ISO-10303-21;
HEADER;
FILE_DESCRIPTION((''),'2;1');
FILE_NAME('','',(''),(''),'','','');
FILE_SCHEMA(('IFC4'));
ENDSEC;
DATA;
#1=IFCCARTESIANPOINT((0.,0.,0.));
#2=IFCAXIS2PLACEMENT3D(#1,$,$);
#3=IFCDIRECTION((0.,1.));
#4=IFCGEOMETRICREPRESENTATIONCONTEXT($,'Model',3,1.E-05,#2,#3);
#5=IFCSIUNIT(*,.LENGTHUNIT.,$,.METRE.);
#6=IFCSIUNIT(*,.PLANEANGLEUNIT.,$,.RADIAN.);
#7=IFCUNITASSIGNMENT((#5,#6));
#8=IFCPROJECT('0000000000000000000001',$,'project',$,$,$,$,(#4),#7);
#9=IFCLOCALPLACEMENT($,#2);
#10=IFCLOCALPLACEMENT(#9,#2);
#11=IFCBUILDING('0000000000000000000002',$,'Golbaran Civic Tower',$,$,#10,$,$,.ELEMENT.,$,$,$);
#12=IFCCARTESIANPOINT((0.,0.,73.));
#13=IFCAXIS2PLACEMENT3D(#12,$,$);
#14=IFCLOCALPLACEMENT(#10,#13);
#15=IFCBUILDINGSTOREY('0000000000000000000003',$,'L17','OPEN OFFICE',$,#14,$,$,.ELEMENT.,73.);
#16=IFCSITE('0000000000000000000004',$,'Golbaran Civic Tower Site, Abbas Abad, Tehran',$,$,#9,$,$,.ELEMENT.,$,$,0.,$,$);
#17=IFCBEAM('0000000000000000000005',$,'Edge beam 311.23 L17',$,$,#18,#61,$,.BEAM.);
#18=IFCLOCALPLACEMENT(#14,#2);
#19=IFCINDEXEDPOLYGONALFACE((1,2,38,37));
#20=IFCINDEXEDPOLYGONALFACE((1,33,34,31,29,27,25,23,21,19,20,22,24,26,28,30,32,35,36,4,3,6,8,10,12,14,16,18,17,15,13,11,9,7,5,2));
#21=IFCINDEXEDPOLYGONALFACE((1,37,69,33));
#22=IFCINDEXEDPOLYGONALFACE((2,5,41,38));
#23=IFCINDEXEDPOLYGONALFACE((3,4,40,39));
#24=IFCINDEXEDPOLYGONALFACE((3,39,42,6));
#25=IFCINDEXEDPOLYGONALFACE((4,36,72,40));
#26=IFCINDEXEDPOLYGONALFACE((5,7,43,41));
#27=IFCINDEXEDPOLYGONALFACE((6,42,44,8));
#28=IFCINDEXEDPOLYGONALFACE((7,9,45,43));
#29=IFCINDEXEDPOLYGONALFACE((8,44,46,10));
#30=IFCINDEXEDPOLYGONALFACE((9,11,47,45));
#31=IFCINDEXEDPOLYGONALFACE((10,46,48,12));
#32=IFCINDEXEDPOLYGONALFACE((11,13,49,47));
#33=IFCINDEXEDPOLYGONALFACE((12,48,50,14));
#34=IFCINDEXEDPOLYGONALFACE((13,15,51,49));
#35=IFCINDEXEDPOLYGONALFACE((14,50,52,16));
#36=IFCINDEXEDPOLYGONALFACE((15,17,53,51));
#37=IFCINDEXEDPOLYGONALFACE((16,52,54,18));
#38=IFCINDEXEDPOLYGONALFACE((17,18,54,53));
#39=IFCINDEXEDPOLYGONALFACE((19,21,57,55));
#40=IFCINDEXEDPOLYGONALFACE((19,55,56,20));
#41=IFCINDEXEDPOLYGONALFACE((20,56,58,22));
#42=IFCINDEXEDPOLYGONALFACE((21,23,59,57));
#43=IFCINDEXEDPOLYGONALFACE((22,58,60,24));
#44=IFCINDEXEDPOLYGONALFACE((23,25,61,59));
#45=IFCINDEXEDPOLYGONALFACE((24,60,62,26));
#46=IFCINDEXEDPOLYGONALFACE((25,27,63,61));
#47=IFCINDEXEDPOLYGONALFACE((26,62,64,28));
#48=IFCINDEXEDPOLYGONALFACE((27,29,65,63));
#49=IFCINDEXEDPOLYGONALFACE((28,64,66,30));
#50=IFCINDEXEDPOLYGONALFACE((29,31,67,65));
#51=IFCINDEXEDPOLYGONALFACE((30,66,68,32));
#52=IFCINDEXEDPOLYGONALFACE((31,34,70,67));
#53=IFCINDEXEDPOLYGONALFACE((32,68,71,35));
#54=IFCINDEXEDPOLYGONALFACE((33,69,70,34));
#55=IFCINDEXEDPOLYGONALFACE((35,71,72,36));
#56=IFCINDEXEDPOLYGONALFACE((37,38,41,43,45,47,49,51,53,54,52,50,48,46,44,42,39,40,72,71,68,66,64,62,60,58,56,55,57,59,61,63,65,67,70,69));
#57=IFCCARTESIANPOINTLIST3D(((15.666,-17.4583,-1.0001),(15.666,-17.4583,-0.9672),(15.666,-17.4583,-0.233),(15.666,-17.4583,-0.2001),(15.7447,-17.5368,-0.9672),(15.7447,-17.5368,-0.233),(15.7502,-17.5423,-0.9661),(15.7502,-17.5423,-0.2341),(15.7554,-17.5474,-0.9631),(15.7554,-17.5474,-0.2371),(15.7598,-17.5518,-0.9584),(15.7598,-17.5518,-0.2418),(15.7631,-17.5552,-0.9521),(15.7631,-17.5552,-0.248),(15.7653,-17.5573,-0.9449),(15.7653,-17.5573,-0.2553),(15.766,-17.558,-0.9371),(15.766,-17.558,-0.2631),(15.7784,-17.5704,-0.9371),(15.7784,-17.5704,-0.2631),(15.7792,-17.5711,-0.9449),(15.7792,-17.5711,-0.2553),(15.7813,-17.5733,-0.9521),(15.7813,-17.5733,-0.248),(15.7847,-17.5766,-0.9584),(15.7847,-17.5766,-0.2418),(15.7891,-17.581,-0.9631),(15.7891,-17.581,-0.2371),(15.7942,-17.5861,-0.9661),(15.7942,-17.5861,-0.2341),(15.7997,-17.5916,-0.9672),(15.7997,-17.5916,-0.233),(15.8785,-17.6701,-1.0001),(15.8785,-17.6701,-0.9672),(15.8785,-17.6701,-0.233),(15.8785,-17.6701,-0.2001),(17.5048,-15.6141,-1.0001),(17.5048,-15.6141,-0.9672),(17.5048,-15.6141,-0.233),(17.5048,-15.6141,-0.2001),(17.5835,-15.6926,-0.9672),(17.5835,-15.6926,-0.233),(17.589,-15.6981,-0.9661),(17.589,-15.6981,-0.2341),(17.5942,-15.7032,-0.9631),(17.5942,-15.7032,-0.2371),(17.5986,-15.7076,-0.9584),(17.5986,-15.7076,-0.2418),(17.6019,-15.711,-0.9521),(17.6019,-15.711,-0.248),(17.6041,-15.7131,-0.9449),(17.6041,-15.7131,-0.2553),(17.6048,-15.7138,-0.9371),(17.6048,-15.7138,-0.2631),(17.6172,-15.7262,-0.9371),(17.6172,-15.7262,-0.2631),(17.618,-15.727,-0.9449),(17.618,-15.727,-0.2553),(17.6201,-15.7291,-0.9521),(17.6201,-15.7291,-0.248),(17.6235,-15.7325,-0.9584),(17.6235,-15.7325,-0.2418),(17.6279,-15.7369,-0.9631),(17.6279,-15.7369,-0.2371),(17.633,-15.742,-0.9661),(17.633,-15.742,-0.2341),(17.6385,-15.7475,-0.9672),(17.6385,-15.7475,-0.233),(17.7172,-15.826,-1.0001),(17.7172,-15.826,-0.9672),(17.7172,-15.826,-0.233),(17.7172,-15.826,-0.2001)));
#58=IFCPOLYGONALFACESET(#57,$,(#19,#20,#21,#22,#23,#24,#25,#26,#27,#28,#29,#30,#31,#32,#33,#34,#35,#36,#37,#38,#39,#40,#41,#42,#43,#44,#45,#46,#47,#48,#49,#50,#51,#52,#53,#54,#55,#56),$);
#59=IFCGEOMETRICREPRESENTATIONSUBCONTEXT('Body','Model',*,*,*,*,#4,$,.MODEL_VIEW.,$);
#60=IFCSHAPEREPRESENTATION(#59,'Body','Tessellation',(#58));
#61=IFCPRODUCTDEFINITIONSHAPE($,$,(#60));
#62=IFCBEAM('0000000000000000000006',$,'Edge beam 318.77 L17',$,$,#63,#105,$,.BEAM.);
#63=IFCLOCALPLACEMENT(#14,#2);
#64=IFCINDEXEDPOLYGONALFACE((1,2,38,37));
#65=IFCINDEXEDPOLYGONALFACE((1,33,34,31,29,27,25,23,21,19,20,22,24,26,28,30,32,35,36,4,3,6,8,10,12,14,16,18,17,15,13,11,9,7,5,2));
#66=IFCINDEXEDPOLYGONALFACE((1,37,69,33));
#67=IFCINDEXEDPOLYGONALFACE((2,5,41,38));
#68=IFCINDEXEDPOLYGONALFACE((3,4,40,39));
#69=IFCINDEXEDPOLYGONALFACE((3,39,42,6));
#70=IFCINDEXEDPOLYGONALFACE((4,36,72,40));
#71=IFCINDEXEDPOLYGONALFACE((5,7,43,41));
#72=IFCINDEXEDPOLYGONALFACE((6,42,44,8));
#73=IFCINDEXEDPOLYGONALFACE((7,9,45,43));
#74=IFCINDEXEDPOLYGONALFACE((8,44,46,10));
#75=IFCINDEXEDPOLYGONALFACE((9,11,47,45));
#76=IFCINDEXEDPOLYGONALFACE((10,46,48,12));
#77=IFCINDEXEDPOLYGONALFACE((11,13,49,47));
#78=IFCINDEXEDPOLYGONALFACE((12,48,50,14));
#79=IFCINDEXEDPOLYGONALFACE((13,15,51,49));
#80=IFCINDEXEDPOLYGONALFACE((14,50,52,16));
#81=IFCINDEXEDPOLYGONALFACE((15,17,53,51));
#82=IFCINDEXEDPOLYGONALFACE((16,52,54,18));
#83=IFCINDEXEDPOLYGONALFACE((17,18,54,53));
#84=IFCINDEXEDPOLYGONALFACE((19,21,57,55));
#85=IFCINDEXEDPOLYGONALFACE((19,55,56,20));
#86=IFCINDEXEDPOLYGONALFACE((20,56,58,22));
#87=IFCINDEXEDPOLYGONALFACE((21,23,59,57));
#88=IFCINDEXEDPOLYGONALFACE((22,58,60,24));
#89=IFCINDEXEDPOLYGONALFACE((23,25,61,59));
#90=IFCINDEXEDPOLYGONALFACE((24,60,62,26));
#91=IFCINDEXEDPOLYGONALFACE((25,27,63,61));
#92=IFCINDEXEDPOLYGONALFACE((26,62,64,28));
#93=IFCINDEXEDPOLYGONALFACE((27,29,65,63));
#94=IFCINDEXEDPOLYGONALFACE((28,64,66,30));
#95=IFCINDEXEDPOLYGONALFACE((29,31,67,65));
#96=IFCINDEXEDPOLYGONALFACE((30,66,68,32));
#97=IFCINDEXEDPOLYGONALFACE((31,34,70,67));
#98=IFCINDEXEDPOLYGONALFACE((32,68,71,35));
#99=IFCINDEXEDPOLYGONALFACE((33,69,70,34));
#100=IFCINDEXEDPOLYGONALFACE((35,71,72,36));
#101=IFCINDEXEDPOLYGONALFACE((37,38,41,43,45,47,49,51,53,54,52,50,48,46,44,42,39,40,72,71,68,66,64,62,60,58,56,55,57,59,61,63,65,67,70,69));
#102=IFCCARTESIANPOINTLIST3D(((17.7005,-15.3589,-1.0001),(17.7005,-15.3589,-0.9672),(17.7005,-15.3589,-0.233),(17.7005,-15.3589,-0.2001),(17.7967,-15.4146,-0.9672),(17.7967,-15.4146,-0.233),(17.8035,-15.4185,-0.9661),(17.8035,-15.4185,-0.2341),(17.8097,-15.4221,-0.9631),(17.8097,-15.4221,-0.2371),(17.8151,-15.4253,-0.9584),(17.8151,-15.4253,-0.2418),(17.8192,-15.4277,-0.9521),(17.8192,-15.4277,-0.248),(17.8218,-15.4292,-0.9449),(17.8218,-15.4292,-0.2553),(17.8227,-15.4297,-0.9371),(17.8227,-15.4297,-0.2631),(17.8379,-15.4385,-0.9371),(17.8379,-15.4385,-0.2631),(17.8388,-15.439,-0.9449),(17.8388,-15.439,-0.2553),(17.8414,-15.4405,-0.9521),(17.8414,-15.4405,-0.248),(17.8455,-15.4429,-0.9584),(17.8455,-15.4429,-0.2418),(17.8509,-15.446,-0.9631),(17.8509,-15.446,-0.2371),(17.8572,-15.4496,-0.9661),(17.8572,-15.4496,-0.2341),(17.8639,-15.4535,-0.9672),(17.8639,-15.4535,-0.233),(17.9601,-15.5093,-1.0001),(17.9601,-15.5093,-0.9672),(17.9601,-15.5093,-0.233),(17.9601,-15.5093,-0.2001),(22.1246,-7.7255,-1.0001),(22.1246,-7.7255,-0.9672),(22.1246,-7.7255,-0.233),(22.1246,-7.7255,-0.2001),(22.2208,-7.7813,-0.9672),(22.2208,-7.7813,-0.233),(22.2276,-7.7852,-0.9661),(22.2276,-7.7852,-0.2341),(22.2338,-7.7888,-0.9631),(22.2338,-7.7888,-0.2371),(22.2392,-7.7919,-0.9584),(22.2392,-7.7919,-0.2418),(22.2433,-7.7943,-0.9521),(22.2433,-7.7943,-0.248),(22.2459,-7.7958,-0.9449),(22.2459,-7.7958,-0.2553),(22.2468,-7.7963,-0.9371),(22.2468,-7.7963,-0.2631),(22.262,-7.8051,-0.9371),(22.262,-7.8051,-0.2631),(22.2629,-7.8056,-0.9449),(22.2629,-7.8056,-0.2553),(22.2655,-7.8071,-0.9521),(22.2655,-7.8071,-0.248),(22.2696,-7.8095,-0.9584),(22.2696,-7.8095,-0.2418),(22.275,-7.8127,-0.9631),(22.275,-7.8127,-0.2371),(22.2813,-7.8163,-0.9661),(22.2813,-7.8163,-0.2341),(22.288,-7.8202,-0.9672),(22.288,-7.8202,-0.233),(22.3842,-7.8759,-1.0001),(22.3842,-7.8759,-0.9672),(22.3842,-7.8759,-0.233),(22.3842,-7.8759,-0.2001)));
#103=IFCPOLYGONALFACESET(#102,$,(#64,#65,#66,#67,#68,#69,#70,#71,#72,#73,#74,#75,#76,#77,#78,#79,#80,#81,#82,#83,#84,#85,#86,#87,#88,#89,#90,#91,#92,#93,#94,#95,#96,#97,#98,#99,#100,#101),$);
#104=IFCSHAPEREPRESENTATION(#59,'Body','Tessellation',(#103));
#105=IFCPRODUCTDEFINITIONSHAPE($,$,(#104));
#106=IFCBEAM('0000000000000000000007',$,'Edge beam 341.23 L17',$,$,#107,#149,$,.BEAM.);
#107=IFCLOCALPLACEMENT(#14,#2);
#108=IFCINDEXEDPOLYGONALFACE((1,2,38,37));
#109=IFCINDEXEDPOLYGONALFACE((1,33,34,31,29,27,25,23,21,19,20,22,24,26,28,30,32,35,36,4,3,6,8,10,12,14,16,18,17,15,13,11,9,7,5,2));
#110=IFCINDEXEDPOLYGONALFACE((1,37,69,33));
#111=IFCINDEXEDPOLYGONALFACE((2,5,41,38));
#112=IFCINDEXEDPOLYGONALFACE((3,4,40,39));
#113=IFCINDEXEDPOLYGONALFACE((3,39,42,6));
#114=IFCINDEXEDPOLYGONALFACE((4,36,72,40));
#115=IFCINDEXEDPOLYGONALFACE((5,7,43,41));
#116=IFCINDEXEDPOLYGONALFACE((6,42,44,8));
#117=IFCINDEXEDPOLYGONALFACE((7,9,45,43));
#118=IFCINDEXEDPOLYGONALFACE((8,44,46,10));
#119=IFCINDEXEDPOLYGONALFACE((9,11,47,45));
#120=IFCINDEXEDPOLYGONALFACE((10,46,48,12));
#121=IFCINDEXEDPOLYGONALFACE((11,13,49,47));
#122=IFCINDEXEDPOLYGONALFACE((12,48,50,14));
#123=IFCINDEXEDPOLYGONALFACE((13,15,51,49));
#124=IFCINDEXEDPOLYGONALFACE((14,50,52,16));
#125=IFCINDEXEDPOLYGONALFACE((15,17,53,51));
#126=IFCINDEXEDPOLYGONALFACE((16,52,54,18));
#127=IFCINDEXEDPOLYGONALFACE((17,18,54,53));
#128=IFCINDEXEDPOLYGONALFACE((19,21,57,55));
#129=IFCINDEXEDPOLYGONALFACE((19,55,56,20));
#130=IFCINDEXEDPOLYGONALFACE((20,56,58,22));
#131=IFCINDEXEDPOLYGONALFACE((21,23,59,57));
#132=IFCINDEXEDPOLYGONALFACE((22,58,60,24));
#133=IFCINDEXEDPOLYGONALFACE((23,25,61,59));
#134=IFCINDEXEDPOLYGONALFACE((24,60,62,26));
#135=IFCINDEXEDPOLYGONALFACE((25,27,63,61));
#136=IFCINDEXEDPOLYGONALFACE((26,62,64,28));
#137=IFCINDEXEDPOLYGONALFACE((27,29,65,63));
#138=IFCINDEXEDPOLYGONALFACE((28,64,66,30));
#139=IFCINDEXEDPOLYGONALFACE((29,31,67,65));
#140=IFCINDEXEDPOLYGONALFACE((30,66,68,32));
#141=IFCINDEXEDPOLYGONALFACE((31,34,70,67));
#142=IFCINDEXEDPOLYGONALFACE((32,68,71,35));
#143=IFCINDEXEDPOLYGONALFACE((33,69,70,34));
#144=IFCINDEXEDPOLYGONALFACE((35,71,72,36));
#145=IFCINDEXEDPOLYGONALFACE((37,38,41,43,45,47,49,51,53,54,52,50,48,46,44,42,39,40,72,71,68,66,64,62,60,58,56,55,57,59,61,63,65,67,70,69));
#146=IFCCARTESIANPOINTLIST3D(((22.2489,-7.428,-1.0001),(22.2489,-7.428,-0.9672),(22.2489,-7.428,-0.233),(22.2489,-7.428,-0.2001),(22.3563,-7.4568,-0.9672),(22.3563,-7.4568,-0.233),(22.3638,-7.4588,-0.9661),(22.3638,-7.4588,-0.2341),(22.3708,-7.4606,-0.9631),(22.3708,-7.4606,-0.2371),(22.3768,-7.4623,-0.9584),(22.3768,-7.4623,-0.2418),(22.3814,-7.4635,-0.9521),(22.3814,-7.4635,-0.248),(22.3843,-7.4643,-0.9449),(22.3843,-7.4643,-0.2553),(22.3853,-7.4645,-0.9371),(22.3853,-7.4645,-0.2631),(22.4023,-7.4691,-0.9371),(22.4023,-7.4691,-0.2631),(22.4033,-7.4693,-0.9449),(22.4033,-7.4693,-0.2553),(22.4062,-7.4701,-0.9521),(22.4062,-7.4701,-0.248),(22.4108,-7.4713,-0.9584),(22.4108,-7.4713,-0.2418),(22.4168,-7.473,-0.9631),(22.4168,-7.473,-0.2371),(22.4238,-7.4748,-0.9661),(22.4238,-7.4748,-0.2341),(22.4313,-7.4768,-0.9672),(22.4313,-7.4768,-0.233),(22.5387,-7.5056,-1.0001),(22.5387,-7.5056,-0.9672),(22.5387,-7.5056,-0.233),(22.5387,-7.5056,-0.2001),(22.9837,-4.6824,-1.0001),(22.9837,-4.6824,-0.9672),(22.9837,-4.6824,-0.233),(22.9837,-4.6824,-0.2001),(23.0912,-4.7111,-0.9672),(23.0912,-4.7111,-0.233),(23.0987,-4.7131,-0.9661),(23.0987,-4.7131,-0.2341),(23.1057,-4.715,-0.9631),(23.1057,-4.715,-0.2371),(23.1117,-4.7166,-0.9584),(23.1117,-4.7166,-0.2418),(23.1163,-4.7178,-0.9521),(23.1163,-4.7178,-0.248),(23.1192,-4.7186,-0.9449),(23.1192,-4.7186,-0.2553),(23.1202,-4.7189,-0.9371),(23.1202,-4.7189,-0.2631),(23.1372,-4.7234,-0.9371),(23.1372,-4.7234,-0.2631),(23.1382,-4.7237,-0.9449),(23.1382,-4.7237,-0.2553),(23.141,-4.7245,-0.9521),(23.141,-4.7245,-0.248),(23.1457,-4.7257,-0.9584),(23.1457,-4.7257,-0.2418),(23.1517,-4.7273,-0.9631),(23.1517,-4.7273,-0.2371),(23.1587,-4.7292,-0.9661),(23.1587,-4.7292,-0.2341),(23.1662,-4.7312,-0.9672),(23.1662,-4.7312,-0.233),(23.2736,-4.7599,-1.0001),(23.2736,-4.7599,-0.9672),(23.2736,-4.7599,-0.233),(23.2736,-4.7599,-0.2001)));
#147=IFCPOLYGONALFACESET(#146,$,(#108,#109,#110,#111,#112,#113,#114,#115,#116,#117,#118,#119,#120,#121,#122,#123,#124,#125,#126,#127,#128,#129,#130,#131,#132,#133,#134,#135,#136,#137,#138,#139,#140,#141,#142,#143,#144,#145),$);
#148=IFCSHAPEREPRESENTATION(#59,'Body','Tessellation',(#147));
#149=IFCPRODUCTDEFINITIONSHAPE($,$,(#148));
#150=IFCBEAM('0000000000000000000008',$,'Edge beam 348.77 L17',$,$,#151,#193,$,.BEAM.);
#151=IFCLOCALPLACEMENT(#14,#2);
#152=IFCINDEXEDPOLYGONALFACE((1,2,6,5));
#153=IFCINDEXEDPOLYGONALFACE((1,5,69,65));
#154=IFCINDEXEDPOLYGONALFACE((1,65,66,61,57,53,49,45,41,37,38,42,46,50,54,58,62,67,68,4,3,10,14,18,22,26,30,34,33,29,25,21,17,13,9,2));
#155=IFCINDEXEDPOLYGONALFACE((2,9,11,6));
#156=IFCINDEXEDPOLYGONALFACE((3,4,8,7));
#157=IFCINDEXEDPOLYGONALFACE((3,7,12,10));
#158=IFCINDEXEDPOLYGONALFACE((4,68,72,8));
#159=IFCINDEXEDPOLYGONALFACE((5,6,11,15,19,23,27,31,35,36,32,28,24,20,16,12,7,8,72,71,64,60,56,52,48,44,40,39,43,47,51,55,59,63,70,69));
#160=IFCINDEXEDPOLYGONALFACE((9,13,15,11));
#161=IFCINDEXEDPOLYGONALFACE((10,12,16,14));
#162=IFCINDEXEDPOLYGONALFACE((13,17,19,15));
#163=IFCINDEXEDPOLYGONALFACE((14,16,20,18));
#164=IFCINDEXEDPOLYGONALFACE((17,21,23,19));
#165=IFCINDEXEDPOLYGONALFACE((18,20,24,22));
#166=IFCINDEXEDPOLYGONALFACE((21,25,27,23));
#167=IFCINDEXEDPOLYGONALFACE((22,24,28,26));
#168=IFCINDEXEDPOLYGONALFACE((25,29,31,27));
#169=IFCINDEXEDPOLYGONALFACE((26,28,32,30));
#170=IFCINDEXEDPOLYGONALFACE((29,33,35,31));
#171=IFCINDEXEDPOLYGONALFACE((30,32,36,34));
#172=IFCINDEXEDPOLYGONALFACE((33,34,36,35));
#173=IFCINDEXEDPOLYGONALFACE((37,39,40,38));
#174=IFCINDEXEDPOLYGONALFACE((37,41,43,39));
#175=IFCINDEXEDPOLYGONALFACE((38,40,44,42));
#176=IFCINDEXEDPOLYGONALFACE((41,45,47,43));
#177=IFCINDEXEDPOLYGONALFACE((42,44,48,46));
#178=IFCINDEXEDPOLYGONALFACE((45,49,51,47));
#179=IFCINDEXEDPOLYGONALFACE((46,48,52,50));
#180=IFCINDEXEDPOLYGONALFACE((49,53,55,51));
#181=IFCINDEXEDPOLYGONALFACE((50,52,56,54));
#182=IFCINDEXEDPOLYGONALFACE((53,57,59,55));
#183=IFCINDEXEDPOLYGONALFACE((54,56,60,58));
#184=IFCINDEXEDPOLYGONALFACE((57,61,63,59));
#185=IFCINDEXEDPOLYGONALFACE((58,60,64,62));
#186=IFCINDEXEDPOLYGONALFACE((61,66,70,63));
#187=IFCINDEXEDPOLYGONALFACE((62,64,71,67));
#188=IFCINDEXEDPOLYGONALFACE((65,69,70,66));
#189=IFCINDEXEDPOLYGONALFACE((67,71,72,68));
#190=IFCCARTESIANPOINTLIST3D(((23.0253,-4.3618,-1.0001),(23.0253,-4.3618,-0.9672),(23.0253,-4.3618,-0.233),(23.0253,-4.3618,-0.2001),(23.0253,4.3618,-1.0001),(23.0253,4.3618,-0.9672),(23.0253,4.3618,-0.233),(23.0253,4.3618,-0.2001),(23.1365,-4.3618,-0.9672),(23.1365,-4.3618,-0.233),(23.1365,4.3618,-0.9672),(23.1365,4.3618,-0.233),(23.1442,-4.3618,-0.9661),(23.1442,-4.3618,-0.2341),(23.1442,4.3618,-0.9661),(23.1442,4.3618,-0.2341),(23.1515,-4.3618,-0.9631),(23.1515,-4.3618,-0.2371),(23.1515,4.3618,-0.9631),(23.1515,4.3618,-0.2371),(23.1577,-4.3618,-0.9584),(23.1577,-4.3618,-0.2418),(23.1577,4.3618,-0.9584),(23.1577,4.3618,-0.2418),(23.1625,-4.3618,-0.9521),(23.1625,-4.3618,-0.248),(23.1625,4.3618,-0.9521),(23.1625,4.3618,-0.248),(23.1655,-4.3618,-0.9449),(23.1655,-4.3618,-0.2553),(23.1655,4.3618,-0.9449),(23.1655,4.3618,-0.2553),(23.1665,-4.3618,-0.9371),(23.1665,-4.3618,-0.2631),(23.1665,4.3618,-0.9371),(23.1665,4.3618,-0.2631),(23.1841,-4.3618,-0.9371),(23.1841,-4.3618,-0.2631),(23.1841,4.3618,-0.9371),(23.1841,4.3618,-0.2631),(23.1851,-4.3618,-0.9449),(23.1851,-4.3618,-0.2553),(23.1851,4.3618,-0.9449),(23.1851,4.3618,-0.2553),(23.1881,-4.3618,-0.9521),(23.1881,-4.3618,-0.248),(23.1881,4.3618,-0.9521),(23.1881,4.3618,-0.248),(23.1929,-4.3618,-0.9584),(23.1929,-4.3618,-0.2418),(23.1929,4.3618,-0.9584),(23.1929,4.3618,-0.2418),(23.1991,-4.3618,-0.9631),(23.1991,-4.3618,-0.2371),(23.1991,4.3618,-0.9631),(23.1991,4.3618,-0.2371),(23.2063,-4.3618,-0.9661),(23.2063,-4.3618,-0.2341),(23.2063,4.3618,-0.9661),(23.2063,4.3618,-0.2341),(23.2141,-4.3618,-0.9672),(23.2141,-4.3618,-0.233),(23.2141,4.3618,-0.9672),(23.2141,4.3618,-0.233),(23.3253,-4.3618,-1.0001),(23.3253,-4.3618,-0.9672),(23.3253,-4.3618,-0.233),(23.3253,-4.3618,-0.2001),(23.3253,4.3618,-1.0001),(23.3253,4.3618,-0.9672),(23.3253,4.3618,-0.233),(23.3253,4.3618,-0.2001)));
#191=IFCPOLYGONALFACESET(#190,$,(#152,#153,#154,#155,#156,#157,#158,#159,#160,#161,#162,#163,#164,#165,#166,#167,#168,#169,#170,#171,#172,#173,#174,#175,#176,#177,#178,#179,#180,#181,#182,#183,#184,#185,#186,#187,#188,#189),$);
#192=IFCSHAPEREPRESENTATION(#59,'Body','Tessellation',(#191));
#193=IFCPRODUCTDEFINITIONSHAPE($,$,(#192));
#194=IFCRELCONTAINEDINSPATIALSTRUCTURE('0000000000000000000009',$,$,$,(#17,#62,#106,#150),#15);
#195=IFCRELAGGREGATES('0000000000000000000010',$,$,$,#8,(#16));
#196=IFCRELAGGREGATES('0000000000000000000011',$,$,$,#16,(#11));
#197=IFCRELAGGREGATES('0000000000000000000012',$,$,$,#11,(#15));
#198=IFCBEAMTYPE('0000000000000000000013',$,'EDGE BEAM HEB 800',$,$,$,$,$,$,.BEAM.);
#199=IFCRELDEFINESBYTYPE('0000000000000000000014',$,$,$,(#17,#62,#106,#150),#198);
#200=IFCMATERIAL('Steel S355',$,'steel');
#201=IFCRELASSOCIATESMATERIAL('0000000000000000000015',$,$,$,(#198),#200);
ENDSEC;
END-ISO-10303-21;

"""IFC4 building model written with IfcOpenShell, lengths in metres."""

from ifc_helpers import new_model, si_unit, direction, frame, origin, origin_2d, place, context, subcontext, project, spatial, i_section, extrude, material, material_profile, profile_set, type_object, element, save


model = new_model("IFC4")

# Units and contexts
model_context = context("Model", 3, precision=1e-05, world=origin(), true_north=direction((0.0, 1.0)))
body_context = subcontext(model_context, "Body", "Model", "MODEL_VIEW")
ifc_project = project(units=[si_unit("LENGTHUNIT", "METRE"), si_unit("PLANEANGLEUNIT", "RADIAN")], contexts=[model_context])

# Site, building, storey
site_placement = place(None, origin())
site = spatial("IfcSite", under=ifc_project, at=site_placement, Name="Golbaran Civic Tower Site, Abbas Abad, Tehran", CompositionType="ELEMENT", RefElevation=0.0)
building_placement = place(site_placement, origin())
building = spatial("IfcBuilding", under=site, at=building_placement, Name="Golbaran Civic Tower", CompositionType="ELEMENT")
storey_placement = place(building_placement, frame((0.0, 0.0, 73.0)))
storey = spatial("IfcBuildingStorey", under=building, at=storey_placement, Name="L17", Description="OPEN OFFICE", CompositionType="ELEMENT", Elevation=73.0)

# Beams
ifc_material_1 = material(Name="Steel S355", Category="steel")
ifc_material_profile_1 = material_profile(ifc_material_1, i_section(OverallWidth=0.3, OverallDepth=0.8, WebThickness=0.0176, FlangeThickness=0.033, FilletRadius=0.03, at=origin_2d()), Name="HEB 800")
ifc_profile_set_1 = profile_set([ifc_material_profile_1], Name="Steel S355")
beam_type_1 = type_object("IfcBeamType", Name="EDGE BEAM HEB 800", PredefinedType="BEAM", material=ifc_profile_set_1)
beam_1_placement = place(storey_placement, frame((15.7722, -17.5642, -0.6001), z_axis=(0.706075, 0.708137, 0.0), x_axis=(-0.708137, 0.706075, 0.0)))
element("IfcBeam", 1, at=beam_1_placement, inside=storey, type_object=beam_type_1, Name="Edge beam 311.23 L17", PredefinedType="BEAM", context=body_context, shape_type="SweptSolid", body=[
    extrude(i_section(OverallWidth=0.3, OverallDepth=0.8, WebThickness=0.0176, FlangeThickness=0.033, FilletRadius=0.03, at=origin_2d()), origin(), (0.0, 0.0, 1.0), 2.6042),
])
beam_2_placement = place(storey_placement, frame((17.8303, -15.4341, -0.6001), z_axis=(0.501443, 0.865191, 0.0), x_axis=(-0.865191, 0.501443, 0.0)))
element("IfcBeam", 2, at=beam_2_placement, inside=storey, type_object=beam_type_1, Name="Edge beam 318.77 L17", PredefinedType="BEAM", context=body_context, shape_type="SweptSolid", body=[
    extrude(i_section(OverallWidth=0.3, OverallDepth=0.8, WebThickness=0.0176, FlangeThickness=0.033, FilletRadius=0.03, at=origin_2d()), origin(), (0.0, 0.0, 1.0), 8.8228),
])
beam_3_placement = place(storey_placement, frame((22.3938, -7.4668, -0.6001), z_axis=(0.25855, 0.965998, 0.0), x_axis=(-0.965998, 0.25855, 0.0)))
element("IfcBeam", 3, at=beam_3_placement, inside=storey, type_object=beam_type_1, Name="Edge beam 341.23 L17", PredefinedType="BEAM", context=body_context, shape_type="SweptSolid", body=[
    extrude(i_section(OverallWidth=0.3, OverallDepth=0.8, WebThickness=0.0176, FlangeThickness=0.033, FilletRadius=0.03, at=origin_2d()), origin(), (0.0, 0.0, 1.0), 2.8423),
])
beam_4_placement = place(storey_placement, frame((23.1753, -4.3618, -0.6001), z_axis=(0.0, 1.0, 0.0), x_axis=(-1.0, 0.0, 0.0)))
element("IfcBeam", 4, at=beam_4_placement, inside=storey, type_object=beam_type_1, Name="Edge beam 348.77 L17", PredefinedType="BEAM", context=body_context, shape_type="SweptSolid", body=[
    extrude(i_section(OverallWidth=0.3, OverallDepth=0.8, WebThickness=0.0176, FlangeThickness=0.033, FilletRadius=0.03, at=origin_2d()), origin(), (0.0, 0.0, 1.0), 8.7236),
])

save(model, "model.ifc")
